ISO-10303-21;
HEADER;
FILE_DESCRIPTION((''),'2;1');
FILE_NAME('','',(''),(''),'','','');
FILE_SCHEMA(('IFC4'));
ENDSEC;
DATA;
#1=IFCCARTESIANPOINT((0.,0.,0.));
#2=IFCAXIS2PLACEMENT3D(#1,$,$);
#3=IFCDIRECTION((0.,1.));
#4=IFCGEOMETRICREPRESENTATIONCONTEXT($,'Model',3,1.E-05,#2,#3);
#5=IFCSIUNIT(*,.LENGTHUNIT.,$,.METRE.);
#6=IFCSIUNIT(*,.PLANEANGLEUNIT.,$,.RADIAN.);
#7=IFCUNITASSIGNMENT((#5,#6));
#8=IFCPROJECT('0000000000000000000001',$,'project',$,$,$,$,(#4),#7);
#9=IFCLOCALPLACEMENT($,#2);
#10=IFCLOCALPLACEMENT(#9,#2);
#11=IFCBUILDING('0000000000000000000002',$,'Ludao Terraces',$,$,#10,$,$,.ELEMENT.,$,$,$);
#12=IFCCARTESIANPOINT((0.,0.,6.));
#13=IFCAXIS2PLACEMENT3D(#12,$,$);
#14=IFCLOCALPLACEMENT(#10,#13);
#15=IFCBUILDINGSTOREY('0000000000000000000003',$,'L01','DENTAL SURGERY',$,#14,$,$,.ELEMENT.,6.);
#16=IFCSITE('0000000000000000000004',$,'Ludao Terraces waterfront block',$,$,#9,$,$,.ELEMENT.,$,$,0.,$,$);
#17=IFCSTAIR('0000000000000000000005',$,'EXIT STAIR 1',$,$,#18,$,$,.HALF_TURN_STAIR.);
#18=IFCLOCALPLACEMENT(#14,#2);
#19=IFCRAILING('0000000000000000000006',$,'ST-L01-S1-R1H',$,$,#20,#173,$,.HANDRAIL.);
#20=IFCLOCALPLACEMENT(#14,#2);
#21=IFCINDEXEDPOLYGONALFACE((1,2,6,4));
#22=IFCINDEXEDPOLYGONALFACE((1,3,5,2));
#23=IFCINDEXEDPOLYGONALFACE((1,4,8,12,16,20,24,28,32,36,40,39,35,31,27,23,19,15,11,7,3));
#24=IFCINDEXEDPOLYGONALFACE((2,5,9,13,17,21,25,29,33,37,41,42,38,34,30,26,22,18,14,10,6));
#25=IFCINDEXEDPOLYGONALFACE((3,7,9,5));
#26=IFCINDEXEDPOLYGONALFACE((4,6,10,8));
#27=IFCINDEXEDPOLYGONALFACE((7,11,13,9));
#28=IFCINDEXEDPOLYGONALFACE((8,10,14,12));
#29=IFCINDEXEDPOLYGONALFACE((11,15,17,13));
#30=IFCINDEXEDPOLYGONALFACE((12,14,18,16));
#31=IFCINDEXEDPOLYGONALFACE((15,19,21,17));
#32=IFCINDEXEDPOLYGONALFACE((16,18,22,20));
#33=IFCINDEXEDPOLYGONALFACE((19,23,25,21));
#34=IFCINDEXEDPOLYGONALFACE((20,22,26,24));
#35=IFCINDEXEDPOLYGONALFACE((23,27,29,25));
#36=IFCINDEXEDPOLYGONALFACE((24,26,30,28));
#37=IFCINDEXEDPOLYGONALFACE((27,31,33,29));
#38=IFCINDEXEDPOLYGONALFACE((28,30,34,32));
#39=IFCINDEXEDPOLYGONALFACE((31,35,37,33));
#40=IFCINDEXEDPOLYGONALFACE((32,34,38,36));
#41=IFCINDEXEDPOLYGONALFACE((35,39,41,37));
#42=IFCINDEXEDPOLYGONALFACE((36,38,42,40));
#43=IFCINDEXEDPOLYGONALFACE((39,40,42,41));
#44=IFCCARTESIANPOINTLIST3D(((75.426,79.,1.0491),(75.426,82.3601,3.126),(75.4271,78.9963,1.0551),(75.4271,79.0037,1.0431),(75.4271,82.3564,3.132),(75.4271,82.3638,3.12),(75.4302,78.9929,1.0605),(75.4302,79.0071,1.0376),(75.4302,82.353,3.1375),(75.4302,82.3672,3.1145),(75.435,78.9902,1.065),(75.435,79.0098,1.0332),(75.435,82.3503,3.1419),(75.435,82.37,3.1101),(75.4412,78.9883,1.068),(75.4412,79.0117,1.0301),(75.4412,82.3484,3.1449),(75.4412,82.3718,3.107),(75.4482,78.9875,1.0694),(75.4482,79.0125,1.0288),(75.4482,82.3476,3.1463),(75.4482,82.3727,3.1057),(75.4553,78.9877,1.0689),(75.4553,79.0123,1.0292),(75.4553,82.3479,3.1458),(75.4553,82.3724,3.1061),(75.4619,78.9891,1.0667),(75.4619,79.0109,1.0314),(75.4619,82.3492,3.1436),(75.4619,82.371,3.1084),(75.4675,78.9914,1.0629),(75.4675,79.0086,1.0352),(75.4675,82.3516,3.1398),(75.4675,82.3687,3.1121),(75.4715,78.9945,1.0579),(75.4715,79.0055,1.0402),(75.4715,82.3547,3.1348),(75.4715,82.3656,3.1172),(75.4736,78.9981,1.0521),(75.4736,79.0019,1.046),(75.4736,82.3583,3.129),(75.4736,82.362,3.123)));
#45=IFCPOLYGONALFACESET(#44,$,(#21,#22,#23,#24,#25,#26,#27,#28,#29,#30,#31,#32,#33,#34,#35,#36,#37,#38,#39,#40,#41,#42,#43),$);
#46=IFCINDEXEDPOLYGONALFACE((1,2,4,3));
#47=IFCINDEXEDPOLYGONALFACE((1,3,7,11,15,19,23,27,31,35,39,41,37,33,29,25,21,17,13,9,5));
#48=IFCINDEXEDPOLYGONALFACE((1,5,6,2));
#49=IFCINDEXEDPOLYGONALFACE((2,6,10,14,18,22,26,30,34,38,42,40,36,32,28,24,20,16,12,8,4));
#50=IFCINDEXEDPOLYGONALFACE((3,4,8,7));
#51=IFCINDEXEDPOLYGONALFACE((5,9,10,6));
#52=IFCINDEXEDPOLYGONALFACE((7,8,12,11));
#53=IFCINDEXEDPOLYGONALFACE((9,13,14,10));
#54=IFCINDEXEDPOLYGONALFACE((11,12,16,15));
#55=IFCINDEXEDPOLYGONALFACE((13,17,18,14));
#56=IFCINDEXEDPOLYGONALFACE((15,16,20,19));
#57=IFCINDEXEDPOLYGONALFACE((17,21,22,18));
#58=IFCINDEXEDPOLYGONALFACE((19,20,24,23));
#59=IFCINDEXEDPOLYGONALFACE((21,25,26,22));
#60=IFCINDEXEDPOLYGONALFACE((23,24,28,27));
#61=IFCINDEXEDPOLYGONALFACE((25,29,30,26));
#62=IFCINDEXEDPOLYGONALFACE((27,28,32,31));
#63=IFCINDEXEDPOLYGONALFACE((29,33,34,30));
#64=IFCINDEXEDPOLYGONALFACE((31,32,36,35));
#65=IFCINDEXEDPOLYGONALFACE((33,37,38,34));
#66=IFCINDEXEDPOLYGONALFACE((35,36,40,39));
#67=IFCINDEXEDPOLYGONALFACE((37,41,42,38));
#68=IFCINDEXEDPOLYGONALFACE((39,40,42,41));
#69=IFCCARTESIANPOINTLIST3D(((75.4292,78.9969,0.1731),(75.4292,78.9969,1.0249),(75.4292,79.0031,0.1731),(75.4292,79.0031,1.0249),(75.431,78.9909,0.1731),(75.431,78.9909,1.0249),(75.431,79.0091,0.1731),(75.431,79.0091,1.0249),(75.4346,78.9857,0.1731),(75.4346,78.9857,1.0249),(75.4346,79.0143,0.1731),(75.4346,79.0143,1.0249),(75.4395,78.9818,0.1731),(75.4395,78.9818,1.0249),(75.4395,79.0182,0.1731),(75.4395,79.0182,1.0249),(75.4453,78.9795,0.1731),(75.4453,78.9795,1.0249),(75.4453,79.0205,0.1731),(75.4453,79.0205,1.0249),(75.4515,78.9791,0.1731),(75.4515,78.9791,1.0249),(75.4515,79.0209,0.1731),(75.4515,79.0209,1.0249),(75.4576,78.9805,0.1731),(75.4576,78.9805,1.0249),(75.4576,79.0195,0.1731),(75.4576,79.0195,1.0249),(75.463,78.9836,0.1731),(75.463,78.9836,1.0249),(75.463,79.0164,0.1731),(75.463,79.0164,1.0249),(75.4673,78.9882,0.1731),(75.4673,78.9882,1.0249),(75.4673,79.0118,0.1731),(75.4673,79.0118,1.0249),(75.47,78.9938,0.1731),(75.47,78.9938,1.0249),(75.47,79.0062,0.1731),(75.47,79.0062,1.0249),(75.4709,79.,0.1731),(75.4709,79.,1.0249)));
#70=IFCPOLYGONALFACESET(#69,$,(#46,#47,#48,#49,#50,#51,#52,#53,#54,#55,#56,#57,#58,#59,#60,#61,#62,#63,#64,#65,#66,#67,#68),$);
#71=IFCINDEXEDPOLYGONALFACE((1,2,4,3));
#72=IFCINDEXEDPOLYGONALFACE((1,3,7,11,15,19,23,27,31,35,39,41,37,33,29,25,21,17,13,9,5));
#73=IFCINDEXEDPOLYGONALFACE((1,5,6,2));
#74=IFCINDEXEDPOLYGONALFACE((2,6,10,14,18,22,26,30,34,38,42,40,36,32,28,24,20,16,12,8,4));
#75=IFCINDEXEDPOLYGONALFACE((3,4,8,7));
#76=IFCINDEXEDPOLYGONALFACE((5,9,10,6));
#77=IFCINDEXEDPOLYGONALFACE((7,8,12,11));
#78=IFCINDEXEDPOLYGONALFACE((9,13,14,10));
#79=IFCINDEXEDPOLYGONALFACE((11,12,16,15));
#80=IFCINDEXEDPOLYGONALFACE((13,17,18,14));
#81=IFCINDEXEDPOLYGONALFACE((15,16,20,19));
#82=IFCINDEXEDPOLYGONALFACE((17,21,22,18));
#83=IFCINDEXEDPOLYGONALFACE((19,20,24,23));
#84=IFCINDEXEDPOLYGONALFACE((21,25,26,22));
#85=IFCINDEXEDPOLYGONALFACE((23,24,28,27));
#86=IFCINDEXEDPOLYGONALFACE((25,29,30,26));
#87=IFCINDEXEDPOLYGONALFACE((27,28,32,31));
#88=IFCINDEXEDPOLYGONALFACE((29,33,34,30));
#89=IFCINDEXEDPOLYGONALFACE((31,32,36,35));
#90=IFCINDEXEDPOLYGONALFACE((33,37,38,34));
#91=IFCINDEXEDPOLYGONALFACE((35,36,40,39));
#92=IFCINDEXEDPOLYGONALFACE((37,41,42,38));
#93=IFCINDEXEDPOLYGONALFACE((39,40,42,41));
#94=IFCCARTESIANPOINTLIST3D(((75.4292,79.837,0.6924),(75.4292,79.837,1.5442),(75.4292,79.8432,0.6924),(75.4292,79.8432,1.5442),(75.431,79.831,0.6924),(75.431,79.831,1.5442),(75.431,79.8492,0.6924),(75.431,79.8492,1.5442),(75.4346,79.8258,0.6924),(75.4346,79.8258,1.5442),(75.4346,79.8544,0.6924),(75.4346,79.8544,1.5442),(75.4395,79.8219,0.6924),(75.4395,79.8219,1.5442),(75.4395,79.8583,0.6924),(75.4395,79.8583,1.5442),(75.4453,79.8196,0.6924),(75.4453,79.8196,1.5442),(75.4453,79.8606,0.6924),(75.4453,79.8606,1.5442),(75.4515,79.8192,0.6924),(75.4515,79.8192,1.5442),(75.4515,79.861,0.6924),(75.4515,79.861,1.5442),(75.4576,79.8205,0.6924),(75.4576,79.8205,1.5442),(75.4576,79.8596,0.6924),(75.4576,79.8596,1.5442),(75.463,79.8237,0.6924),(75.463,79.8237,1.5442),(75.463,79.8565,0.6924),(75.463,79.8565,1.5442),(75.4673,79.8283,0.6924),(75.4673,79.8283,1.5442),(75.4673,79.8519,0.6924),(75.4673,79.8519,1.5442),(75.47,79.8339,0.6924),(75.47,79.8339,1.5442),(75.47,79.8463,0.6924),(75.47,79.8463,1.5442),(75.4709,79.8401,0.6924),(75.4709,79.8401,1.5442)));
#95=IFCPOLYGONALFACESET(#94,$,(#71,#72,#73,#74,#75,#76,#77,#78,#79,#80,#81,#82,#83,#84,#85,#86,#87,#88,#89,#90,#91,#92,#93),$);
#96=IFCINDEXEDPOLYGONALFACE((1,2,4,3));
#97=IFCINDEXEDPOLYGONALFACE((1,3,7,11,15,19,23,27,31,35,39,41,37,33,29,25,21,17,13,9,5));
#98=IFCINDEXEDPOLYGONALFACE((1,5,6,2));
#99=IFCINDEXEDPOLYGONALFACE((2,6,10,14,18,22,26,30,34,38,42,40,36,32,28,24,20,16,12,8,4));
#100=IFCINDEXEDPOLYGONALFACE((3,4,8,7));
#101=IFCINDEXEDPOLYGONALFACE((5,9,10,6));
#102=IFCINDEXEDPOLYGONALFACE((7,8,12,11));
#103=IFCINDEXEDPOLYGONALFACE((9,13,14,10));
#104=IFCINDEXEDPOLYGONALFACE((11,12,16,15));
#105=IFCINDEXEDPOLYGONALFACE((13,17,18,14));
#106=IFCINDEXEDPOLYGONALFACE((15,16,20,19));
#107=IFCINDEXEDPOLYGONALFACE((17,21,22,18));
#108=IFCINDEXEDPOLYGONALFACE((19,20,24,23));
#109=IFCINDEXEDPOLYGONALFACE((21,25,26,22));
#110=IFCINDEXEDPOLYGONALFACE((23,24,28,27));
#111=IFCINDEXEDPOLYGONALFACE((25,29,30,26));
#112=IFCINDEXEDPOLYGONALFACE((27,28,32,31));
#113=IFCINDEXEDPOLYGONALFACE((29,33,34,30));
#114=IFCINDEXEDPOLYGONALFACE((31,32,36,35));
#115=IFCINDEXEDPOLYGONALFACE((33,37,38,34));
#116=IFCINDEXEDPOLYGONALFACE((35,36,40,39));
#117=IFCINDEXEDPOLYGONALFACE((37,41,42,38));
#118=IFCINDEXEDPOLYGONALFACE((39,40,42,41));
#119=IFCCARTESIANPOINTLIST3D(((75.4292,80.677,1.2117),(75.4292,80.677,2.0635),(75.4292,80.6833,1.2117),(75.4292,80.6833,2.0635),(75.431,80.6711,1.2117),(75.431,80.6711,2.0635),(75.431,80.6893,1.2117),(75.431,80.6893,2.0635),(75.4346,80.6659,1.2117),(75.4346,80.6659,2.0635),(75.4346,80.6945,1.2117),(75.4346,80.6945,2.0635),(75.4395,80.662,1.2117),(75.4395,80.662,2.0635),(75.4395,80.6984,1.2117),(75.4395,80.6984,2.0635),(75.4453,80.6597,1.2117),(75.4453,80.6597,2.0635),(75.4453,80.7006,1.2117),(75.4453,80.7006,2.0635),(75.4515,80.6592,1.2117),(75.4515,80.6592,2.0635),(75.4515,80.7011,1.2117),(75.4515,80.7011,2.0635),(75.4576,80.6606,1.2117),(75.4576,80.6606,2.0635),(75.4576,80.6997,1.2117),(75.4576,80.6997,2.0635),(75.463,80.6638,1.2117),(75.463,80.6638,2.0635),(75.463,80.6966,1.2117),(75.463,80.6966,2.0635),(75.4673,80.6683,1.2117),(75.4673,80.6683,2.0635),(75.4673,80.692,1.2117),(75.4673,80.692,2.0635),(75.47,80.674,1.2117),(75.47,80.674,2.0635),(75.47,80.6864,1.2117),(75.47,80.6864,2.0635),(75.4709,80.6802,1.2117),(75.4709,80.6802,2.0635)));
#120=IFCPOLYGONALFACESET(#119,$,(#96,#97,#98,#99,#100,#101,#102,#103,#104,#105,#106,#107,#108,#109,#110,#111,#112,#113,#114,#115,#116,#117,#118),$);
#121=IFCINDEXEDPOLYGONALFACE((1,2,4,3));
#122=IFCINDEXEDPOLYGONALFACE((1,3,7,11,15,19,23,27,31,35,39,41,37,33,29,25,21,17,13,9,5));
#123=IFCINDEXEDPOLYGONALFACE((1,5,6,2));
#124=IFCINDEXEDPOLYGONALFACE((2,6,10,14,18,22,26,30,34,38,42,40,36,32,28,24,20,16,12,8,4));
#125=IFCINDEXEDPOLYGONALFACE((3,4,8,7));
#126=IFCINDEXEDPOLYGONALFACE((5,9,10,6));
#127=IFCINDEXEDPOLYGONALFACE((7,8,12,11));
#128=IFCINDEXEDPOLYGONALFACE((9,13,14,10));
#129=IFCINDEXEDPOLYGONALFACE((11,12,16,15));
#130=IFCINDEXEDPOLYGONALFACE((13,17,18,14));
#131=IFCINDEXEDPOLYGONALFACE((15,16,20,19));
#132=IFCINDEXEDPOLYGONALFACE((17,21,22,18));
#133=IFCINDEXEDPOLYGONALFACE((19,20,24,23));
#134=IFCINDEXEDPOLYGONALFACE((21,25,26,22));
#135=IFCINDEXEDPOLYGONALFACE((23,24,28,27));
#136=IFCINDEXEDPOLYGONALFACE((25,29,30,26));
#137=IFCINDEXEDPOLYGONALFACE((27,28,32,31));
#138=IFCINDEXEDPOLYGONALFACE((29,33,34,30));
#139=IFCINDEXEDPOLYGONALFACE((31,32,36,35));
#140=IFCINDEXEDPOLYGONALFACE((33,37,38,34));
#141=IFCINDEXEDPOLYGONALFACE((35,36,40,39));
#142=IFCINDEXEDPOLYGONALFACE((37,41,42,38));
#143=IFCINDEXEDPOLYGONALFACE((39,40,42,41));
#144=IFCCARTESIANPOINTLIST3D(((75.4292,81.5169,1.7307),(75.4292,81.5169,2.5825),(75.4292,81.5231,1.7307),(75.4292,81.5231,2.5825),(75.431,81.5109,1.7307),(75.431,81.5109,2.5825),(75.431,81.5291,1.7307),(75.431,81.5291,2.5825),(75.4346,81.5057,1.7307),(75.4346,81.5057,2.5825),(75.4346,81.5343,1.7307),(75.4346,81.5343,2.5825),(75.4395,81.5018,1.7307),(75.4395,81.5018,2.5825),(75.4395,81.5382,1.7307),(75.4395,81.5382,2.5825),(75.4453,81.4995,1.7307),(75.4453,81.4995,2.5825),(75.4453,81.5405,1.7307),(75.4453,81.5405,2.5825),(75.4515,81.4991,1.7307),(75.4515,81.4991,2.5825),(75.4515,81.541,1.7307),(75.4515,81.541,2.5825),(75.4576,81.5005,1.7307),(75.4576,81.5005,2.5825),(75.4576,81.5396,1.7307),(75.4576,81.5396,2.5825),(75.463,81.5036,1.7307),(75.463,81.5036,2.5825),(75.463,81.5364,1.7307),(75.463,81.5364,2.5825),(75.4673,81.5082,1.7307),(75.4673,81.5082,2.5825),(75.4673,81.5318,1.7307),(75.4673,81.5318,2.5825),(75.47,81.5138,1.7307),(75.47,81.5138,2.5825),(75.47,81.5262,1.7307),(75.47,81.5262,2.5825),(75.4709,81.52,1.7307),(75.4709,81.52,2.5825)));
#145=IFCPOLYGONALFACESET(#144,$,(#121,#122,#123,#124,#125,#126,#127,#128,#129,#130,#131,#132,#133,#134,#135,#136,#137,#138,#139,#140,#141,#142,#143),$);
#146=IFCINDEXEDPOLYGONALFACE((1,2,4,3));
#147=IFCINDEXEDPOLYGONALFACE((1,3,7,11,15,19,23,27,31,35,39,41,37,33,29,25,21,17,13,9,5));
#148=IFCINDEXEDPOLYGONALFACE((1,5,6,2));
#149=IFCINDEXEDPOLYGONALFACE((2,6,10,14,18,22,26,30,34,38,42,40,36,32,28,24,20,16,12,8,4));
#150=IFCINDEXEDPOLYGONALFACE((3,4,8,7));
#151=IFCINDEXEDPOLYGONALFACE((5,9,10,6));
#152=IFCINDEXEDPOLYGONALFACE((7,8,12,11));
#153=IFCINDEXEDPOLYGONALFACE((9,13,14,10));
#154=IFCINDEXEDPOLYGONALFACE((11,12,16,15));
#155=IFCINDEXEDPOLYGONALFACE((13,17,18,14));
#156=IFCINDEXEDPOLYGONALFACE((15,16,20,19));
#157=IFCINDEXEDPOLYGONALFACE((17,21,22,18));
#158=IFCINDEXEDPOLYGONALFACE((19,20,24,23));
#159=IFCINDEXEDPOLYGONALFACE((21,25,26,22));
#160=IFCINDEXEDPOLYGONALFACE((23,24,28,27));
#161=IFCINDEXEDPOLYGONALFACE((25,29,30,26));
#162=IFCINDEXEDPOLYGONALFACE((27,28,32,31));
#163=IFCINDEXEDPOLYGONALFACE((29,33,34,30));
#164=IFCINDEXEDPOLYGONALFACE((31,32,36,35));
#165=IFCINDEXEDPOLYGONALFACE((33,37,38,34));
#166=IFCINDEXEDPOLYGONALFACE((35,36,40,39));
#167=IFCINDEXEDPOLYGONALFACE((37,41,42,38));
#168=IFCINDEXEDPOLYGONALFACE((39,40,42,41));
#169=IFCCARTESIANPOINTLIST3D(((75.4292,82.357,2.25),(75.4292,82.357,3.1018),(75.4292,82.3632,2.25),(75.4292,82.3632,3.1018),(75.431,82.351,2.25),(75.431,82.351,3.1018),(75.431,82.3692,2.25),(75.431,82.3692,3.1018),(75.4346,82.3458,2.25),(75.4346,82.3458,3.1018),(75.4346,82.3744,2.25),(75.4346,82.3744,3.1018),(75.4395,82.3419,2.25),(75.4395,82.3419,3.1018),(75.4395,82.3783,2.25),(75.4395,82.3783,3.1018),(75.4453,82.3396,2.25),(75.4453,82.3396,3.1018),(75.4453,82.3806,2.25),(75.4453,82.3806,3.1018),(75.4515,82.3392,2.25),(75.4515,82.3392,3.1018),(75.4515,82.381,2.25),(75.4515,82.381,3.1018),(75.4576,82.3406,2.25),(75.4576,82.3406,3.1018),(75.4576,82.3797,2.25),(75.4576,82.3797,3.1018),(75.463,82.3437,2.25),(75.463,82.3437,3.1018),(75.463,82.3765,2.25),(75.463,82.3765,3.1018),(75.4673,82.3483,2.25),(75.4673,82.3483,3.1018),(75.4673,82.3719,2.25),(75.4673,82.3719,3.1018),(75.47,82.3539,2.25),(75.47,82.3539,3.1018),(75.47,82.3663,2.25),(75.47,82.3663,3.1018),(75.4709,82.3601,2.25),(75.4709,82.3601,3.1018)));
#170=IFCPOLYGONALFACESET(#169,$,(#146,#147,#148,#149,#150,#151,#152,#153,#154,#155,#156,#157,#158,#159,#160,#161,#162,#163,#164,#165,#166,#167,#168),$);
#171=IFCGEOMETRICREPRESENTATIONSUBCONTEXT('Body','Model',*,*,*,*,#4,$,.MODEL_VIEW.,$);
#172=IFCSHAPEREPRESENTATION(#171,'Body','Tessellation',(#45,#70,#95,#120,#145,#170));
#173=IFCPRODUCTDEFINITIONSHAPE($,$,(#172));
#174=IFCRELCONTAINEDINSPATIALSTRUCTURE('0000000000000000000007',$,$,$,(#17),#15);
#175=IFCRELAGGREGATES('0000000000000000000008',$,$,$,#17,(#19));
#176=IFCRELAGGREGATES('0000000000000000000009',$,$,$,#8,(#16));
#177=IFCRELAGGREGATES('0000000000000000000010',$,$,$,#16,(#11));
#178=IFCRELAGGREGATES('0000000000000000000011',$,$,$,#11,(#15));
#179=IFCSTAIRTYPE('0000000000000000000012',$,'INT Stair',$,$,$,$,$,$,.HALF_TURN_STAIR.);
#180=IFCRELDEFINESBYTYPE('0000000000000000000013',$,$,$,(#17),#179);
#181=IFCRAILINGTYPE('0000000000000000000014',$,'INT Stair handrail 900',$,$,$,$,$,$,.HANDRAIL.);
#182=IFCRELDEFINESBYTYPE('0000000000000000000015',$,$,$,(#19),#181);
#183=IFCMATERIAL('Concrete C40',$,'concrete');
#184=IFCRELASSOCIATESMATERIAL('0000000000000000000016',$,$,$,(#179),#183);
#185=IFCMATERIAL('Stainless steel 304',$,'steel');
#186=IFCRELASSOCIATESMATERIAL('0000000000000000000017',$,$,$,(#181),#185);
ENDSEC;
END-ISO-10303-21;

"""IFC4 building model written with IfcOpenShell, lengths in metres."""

from ifc_helpers import new_model, si_unit, direction, frame, origin, origin_2d, place, context, subcontext, project, spatial, circle, extrude, material, type_object, element, aggregate, save


model = new_model("IFC4")

# Units and contexts
model_context = context("Model", 3, precision=1e-05, world=origin(), true_north=direction((0.0, 1.0)))
body_context = subcontext(model_context, "Body", "Model", "MODEL_VIEW")
ifc_project = project(units=[si_unit("LENGTHUNIT", "METRE"), si_unit("PLANEANGLEUNIT", "RADIAN")], contexts=[model_context])

# Site, building, storey
site_placement = place(None, origin())
site = spatial("IfcSite", under=ifc_project, at=site_placement, Name="Ludao Terraces waterfront block", CompositionType="ELEMENT", RefElevation=0.0)
building_placement = place(site_placement, origin())
building = spatial("IfcBuilding", under=site, at=building_placement, Name="Ludao Terraces", CompositionType="ELEMENT")
storey_placement = place(building_placement, frame((0.0, 0.0, 6.0)))
storey = spatial("IfcBuildingStorey", under=building, at=storey_placement, Name="L01", Description="DENTAL SURGERY", CompositionType="ELEMENT", Elevation=6.0)

# Shared definitions
ifc_material_1 = material(Name="Concrete C40", Category="concrete")

# Stair, railing
stair_type = type_object("IfcStairType", Name="INT Stair", PredefinedType="HALF_TURN_STAIR", material=ifc_material_1)
stair_placement = place(storey_placement, origin())
stair = element("IfcStair", 1, at=stair_placement, inside=storey, type_object=stair_type, Name="EXIT STAIR 1", PredefinedType="HALF_TURN_STAIR")
ifc_material_2 = material(Name="Stainless steel 304", Category="steel")
railing_type_1 = type_object("IfcRailingType", Name="INT Stair handrail 900", PredefinedType="HANDRAIL", material=ifc_material_2)
railing_1_placement = place(storey_placement, frame((75.45, 79.0, 0.1731)))
railing_1 = element("IfcRailing", 2, at=railing_1_placement, type_object=railing_type_1, Name="ST-L01-S1-R1H", PredefinedType="HANDRAIL", context=body_context, shape_type="SweptSolid", body=[
    extrude(circle(Radius=0.0239, at=origin_2d()), frame((0.0, 0.0, 0.876), z_axis=(0.0, 0.850623, 0.525776), x_axis=(-1.0, 0.0, 0.0)), (0.0, 0.0, 1.0), 3.9502),
    extrude(circle(Radius=0.021, at=origin_2d()), origin(), (0.0, 0.0, 1.0), 0.8518),
    extrude(circle(Radius=0.021, at=origin_2d()), frame((0.0, 0.8401, 0.5193)), (0.0, 0.0, 1.0), 0.8518),
    extrude(circle(Radius=0.021, at=origin_2d()), frame((0.0, 1.6802, 1.0386)), (0.0, 0.0, 1.0), 0.8518),
    extrude(circle(Radius=0.021, at=origin_2d()), frame((0.0, 2.52, 1.5576)), (0.0, 0.0, 1.0), 0.8518),
    extrude(circle(Radius=0.021, at=origin_2d()), frame((0.0, 3.3601, 2.0769)), (0.0, 0.0, 1.0), 0.8518),
])
aggregate(stair, [railing_1])

save(model, "model.ifc")
